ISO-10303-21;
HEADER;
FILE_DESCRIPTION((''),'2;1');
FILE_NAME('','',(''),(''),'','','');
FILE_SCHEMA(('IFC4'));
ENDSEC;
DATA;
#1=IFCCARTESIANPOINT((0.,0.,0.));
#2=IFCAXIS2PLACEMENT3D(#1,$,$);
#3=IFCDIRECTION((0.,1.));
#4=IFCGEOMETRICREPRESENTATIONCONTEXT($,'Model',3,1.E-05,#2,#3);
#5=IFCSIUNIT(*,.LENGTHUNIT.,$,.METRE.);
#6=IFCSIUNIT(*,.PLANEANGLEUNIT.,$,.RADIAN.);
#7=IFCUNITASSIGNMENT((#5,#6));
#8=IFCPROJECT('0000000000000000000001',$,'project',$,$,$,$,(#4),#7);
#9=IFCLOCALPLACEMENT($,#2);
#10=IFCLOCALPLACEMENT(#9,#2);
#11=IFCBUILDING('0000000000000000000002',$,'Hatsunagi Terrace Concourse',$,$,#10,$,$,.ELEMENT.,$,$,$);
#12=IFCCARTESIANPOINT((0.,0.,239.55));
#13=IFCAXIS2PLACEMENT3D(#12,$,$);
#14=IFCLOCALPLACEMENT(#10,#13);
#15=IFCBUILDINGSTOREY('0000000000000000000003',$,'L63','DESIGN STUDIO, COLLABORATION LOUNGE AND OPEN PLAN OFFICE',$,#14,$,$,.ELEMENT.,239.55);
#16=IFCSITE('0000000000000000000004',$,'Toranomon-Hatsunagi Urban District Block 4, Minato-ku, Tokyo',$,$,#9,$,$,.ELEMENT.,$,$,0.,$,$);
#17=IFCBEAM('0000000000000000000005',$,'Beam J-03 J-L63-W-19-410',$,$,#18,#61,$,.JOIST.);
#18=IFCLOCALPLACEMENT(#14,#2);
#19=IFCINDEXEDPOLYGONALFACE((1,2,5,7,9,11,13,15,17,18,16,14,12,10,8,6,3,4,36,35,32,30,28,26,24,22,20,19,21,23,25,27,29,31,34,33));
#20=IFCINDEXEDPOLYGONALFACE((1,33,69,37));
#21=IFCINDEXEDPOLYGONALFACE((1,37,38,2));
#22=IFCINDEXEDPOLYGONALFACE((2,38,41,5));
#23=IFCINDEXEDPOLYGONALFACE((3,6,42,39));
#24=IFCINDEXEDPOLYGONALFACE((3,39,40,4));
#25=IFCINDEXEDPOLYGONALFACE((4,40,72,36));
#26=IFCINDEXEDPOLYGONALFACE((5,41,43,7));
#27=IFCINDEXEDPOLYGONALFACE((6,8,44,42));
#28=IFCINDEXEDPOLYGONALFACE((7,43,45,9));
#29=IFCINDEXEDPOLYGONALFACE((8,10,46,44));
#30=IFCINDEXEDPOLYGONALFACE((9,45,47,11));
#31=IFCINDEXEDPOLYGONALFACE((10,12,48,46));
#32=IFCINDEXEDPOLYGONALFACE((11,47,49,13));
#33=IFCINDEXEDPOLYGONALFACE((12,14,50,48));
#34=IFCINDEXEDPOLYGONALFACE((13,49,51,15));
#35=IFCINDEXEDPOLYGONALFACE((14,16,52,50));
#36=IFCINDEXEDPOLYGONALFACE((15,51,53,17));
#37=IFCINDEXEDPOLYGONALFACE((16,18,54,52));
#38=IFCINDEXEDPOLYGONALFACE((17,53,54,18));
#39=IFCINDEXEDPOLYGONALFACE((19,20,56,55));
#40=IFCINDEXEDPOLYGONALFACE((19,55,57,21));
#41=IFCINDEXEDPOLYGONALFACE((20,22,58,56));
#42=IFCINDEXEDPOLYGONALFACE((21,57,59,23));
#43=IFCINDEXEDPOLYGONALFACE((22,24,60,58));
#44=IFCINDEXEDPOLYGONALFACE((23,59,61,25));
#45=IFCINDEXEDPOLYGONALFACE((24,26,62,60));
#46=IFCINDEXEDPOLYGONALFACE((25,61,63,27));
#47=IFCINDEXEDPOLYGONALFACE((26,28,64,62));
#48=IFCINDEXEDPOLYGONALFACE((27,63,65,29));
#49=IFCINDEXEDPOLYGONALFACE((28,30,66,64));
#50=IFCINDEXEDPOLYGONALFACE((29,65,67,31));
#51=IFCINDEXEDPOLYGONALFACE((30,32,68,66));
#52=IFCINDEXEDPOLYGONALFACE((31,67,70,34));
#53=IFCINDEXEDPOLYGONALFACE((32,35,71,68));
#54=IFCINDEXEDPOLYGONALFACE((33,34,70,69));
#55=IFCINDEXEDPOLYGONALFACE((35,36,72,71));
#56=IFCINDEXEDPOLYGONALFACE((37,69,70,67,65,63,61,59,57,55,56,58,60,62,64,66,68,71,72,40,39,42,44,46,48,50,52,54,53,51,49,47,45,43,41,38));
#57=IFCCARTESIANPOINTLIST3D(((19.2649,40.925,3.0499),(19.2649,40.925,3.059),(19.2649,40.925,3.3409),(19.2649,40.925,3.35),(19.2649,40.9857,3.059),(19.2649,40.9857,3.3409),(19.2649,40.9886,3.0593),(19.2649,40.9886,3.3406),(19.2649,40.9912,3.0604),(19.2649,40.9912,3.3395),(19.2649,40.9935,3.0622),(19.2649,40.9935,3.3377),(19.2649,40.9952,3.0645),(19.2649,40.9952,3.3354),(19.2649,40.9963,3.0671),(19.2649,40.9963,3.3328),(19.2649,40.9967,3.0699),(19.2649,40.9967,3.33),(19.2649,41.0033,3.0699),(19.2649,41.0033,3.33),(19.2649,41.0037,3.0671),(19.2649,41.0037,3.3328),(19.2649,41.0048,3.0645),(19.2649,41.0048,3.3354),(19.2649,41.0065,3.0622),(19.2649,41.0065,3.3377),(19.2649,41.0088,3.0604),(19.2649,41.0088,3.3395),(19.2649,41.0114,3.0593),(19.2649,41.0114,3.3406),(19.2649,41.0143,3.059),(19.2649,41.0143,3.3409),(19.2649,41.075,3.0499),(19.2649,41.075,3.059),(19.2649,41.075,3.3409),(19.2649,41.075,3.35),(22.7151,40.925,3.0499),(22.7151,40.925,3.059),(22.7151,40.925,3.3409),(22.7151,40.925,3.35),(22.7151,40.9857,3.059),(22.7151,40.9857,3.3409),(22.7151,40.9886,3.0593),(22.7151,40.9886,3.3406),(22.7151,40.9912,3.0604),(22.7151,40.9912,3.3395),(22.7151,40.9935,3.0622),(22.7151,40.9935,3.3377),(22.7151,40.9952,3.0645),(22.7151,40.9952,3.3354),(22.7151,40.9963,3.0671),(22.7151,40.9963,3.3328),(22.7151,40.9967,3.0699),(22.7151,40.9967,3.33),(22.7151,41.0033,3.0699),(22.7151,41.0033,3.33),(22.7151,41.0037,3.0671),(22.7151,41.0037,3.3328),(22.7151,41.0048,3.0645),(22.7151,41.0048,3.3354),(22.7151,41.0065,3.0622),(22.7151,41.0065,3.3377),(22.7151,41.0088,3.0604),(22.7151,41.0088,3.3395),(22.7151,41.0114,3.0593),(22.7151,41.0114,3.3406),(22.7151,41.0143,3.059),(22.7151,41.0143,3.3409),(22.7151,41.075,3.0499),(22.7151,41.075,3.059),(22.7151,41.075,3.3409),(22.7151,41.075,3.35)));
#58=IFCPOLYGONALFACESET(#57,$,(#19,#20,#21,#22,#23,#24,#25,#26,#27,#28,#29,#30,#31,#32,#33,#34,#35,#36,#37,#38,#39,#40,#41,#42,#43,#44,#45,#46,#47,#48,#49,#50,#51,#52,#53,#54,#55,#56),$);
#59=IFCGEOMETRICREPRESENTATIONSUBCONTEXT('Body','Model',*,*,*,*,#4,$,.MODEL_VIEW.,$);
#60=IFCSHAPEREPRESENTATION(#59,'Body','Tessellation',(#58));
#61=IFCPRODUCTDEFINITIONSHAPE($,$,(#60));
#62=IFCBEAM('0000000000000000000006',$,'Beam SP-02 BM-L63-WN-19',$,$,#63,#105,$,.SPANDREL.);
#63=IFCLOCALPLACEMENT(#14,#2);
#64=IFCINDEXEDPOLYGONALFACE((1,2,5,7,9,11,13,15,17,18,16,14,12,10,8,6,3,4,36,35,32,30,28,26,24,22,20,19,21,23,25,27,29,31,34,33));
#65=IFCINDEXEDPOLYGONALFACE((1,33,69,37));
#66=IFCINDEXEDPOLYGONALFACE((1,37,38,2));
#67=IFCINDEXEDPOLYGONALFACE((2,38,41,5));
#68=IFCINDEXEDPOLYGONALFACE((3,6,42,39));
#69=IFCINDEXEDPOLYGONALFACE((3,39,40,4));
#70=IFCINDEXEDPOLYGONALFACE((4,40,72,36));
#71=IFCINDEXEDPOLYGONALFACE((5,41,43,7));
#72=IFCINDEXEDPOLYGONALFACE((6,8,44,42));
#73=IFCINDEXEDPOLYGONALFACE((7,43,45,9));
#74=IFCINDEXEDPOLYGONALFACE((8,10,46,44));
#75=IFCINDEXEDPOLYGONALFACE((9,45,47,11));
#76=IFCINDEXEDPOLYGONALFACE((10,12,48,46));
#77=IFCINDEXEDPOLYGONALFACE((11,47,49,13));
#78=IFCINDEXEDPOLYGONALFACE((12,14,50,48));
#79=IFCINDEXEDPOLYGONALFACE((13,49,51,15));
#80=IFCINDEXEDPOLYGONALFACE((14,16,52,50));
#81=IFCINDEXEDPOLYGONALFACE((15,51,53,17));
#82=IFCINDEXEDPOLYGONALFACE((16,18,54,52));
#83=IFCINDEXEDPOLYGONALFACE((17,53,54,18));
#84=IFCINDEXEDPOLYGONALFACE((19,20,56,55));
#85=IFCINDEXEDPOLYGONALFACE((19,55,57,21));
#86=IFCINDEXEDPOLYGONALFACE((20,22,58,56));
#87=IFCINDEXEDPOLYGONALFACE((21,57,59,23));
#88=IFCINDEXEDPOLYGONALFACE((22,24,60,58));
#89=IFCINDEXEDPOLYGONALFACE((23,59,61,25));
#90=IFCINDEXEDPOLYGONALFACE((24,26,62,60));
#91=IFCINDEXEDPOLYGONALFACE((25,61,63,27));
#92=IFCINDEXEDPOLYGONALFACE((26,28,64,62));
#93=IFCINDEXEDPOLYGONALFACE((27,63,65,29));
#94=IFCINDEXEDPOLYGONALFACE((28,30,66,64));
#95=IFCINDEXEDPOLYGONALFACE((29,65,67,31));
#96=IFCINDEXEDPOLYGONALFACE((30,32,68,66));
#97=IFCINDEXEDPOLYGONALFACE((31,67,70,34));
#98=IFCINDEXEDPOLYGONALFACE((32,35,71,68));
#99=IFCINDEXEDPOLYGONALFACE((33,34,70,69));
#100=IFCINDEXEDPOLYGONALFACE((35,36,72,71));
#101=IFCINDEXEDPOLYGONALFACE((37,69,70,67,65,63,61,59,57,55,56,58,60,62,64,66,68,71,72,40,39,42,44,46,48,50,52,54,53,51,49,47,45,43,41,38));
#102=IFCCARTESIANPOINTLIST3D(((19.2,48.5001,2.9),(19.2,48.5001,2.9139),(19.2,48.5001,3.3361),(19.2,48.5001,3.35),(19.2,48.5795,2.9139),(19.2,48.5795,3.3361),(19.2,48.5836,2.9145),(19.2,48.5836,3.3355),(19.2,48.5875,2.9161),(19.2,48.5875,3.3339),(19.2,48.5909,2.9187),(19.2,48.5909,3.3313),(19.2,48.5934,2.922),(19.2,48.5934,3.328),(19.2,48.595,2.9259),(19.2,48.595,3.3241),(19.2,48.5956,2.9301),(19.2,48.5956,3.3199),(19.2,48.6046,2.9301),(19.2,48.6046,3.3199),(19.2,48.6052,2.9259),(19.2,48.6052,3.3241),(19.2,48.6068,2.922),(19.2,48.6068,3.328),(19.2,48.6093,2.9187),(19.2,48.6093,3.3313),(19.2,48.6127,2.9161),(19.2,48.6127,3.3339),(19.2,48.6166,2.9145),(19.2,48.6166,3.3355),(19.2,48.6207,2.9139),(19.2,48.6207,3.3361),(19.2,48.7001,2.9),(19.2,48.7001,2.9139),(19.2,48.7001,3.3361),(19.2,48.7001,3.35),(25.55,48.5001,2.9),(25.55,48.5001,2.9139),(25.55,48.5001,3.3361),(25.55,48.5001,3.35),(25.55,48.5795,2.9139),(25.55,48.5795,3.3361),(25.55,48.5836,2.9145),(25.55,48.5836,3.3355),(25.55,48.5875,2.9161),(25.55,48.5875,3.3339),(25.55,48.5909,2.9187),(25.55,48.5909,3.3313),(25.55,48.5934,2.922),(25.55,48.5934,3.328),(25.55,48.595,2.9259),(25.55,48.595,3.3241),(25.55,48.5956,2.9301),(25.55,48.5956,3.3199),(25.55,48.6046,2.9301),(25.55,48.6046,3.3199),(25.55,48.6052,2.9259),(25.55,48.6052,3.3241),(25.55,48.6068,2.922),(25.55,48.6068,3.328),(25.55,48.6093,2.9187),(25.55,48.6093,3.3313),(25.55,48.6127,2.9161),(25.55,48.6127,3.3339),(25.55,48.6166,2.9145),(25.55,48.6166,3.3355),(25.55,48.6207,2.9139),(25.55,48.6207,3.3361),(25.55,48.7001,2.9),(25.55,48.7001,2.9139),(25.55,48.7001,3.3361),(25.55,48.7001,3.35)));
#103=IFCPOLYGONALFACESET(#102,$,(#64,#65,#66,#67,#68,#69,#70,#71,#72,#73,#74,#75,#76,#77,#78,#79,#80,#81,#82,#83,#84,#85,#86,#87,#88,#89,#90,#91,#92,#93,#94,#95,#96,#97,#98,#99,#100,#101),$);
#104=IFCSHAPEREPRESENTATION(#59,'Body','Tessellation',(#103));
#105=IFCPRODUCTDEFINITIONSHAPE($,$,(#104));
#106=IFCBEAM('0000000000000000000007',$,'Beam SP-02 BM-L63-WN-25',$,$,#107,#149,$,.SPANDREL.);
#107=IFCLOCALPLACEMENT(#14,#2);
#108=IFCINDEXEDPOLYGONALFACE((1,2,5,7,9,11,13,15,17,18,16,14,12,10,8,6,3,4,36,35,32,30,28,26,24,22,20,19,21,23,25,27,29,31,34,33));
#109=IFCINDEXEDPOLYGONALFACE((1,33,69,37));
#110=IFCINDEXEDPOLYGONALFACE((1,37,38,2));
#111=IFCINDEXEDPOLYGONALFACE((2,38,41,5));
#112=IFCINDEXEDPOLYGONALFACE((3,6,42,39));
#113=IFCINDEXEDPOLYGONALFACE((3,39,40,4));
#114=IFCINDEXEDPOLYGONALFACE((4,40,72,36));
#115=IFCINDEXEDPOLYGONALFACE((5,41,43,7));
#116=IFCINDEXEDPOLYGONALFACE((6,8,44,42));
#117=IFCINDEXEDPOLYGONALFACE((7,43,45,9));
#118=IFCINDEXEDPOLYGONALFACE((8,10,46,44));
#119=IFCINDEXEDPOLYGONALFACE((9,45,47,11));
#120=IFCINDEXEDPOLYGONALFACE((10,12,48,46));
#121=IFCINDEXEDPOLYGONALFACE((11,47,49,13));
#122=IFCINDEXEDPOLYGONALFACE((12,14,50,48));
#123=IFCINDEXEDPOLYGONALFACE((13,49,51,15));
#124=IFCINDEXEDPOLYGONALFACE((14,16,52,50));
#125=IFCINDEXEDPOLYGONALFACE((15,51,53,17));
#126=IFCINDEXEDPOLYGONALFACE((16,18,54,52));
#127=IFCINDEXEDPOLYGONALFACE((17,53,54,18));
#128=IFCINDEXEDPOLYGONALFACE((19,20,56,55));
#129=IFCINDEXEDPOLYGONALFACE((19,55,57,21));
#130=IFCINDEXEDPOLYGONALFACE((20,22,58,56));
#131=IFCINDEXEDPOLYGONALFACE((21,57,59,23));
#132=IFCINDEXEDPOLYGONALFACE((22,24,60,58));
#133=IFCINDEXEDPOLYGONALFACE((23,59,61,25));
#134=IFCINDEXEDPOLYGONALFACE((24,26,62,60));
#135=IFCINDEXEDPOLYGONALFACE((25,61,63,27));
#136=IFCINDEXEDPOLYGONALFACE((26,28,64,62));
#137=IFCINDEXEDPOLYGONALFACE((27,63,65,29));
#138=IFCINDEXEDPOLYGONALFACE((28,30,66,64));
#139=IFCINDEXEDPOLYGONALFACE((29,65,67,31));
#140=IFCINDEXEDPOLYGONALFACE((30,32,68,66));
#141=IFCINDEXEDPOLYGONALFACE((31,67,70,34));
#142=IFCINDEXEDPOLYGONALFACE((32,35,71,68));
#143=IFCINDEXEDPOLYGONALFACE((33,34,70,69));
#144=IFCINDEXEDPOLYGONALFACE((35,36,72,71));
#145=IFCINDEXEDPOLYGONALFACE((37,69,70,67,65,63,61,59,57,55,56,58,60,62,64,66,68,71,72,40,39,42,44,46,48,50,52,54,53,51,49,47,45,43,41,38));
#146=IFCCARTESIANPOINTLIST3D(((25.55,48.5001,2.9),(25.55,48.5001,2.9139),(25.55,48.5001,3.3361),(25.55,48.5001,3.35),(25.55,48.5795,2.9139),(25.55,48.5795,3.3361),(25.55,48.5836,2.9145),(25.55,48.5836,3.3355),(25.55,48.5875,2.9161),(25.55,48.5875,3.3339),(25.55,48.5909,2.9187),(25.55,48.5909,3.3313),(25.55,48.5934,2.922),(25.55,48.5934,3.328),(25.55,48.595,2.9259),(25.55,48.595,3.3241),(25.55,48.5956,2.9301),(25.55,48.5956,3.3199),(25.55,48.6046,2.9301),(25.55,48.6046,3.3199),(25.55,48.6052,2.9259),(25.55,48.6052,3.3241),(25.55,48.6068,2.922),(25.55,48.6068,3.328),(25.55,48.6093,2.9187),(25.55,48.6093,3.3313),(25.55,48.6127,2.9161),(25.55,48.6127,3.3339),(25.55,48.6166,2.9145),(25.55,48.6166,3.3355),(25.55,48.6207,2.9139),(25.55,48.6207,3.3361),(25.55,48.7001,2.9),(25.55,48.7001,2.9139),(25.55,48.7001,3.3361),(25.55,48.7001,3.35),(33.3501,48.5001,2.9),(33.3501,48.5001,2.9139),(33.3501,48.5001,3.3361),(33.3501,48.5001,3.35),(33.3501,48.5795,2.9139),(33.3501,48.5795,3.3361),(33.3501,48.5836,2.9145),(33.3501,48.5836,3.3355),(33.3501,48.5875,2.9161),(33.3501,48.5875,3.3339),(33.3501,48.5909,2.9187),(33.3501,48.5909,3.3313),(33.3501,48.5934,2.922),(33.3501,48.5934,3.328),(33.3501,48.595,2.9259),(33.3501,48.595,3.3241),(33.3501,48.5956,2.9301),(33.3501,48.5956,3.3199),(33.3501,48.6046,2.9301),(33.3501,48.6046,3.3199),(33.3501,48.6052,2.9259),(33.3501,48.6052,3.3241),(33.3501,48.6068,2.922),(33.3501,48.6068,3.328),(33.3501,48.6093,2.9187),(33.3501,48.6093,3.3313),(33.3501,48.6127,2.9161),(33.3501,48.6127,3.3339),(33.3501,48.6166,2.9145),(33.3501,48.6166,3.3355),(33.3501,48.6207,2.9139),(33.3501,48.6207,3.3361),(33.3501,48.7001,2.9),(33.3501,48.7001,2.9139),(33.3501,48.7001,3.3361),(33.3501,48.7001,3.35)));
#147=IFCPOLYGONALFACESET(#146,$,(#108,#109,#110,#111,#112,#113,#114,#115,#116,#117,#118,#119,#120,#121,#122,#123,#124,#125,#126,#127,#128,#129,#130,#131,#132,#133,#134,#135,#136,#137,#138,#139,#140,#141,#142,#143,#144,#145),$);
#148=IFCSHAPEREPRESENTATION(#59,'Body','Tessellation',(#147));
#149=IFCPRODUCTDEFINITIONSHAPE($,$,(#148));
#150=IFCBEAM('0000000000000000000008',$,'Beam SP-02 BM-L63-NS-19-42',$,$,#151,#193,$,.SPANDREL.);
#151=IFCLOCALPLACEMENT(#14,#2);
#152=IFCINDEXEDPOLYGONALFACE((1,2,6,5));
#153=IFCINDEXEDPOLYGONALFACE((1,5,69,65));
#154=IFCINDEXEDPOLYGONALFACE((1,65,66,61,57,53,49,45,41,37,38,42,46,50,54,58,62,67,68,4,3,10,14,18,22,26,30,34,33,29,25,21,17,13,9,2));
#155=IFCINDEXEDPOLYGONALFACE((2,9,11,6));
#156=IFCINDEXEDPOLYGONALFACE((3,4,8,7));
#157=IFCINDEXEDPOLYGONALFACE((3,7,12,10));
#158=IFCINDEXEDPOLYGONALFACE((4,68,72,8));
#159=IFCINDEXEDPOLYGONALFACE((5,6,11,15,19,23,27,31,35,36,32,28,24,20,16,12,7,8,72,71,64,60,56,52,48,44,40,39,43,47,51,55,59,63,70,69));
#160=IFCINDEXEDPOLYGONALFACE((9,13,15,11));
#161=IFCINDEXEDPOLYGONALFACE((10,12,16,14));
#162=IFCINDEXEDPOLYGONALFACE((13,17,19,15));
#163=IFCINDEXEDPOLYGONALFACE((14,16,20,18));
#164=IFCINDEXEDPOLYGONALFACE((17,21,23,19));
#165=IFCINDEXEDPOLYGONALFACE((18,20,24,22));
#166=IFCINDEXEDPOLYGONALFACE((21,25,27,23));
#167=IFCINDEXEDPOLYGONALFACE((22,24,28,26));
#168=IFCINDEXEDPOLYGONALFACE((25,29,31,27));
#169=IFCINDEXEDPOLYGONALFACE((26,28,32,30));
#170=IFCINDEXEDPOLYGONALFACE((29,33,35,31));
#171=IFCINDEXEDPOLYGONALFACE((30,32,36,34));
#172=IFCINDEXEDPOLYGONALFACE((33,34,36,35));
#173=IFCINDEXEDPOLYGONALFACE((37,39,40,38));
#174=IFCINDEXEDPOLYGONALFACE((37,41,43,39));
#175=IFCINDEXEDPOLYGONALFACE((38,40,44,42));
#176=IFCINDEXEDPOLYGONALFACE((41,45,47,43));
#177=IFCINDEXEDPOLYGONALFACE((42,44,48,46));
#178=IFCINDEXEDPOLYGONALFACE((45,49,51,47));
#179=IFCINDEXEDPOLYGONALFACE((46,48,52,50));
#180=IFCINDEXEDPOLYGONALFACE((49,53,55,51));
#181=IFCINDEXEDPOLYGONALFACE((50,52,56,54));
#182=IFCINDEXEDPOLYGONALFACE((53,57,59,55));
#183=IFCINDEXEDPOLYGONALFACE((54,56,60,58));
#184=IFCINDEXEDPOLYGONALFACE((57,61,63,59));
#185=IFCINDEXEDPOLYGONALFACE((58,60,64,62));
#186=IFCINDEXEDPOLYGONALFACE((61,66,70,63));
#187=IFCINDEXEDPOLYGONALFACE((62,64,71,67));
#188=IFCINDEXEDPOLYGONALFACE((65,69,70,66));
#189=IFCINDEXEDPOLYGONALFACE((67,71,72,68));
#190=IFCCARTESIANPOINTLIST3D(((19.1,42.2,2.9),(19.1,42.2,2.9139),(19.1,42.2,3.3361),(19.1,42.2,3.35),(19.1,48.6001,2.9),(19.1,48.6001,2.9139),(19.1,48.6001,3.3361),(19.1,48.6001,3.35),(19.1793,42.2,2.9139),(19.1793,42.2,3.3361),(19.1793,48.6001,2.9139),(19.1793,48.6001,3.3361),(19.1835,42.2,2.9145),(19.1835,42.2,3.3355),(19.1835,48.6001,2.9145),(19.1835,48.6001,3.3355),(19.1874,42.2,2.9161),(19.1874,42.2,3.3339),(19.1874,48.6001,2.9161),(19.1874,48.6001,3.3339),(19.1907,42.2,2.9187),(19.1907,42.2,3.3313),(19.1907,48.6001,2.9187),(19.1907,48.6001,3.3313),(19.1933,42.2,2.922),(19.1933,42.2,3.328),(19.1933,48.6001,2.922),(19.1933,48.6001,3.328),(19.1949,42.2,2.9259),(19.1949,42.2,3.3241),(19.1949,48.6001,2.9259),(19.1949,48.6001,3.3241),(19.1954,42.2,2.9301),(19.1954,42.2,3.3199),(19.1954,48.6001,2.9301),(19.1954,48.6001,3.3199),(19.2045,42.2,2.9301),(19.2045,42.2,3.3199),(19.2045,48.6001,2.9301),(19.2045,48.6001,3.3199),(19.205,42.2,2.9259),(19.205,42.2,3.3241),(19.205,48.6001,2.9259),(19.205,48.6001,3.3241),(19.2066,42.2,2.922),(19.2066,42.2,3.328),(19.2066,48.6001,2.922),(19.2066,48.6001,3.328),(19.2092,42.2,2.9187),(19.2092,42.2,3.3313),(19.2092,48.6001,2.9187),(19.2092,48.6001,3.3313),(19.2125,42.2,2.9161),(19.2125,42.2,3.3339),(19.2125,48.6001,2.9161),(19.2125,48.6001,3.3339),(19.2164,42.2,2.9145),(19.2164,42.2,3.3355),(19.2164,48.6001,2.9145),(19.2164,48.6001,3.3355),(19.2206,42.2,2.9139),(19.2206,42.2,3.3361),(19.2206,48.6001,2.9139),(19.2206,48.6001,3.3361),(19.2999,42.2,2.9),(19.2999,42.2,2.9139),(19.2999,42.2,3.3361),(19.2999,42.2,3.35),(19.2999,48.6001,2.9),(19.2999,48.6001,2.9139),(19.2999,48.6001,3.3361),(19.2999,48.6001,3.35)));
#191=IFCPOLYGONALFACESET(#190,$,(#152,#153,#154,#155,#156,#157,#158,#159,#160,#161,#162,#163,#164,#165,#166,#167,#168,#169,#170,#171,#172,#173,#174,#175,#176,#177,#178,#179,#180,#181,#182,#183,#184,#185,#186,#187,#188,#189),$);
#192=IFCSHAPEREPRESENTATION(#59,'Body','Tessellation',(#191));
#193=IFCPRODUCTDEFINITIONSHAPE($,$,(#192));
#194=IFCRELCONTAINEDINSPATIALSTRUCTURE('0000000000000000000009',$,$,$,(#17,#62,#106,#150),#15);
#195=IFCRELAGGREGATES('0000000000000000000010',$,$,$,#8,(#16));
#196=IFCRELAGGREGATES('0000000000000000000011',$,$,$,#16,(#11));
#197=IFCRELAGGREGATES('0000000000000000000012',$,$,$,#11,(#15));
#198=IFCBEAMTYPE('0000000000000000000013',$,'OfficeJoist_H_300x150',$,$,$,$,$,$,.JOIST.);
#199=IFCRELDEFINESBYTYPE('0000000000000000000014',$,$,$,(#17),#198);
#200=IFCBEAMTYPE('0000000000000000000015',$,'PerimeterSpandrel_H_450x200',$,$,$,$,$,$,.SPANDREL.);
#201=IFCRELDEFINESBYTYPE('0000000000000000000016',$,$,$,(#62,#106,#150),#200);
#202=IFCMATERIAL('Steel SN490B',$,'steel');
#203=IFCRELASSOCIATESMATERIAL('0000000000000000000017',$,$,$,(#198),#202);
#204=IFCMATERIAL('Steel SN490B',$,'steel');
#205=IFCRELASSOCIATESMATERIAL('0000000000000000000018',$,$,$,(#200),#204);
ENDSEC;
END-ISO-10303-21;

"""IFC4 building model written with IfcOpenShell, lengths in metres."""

from ifc_helpers import new_model, si_unit, direction, frame, origin, origin_2d, place, context, subcontext, project, spatial, i_section, extrude, material, material_profile, profile_set, type_object, element, save


model = new_model("IFC4")

# Units and contexts
model_context = context("Model", 3, precision=1e-05, world=origin(), true_north=direction((0.0, 1.0)))
body_context = subcontext(model_context, "Body", "Model", "MODEL_VIEW")
ifc_project = project(units=[si_unit("LENGTHUNIT", "METRE"), si_unit("PLANEANGLEUNIT", "RADIAN")], contexts=[model_context])

# Site, building, storey
site_placement = place(None, origin())
site = spatial("IfcSite", under=ifc_project, at=site_placement, Name="Toranomon-Hatsunagi Urban District Block 4, Minato-ku, Tokyo", CompositionType="ELEMENT", RefElevation=0.0)
building_placement = place(site_placement, origin())
building = spatial("IfcBuilding", under=site, at=building_placement, Name="Hatsunagi Terrace Concourse", CompositionType="ELEMENT")
storey_placement = place(building_placement, frame((0.0, 0.0, 239.55)))
storey = spatial("IfcBuildingStorey", under=building, at=storey_placement, Name="L63", Description="DESIGN STUDIO, COLLABORATION LOUNGE AND OPEN PLAN OFFICE", CompositionType="ELEMENT", Elevation=239.55)

# Beams
ifc_material_1 = material(Name="Steel SN490B", Category="steel")
ifc_material_profile_1 = material_profile(ifc_material_1, i_section(OverallWidth=0.1499, OverallDepth=0.3, WebThickness=0.0066, FlangeThickness=0.009, FilletRadius=0.011, at=origin_2d()), Name="H-300x150x6.5x9")
ifc_profile_set_1 = profile_set([ifc_material_profile_1], Name="Steel SN490B")
beam_type_1 = type_object("IfcBeamType", Name="OfficeJoist_H_300x150", PredefinedType="JOIST", material=ifc_profile_set_1)
beam_1_placement = place(storey_placement, frame((19.2649, 41.0, 3.2), z_axis=(1.0, 0.0, 0.0), x_axis=(0.0, 1.0, 0.0)))
element("IfcBeam", 1, at=beam_1_placement, inside=storey, type_object=beam_type_1, Name="Beam J-03 J-L63-W-19-410", PredefinedType="JOIST", context=body_context, shape_type="SweptSolid", body=[
    extrude(i_section(OverallWidth=0.1499, OverallDepth=0.3, WebThickness=0.0066, FlangeThickness=0.009, FilletRadius=0.011, at=origin_2d()), origin(), (0.0, 0.0, 1.0), 3.4502),
])
ifc_material_2 = material(Name="Steel SN490B", Category="steel")
ifc_material_profile_2 = material_profile(ifc_material_2, i_section(OverallWidth=0.2, OverallDepth=0.45, WebThickness=0.009, FlangeThickness=0.0139, FilletRadius=0.0161, at=origin_2d()), Name="H-450x200x9x14")
ifc_profile_set_2 = profile_set([ifc_material_profile_2], Name="Steel SN490B")
beam_type_2 = type_object("IfcBeamType", Name="PerimeterSpandrel_H_450x200", PredefinedType="SPANDREL", material=ifc_profile_set_2)
beam_2_placement = place(storey_placement, frame((19.2, 48.6001, 3.125), z_axis=(1.0, 0.0, 0.0), x_axis=(0.0, 1.0, 0.0)))
element("IfcBeam", 2, at=beam_2_placement, inside=storey, type_object=beam_type_2, Name="Beam SP-02 BM-L63-WN-19", PredefinedType="SPANDREL", context=body_context, shape_type="SweptSolid", body=[
    extrude(i_section(OverallWidth=0.2, OverallDepth=0.45, WebThickness=0.009, FlangeThickness=0.0139, FilletRadius=0.0161, at=origin_2d()), origin(), (0.0, 0.0, 1.0), 6.3501),
])
beam_3_placement = place(storey_placement, frame((25.55, 48.6001, 3.125), z_axis=(1.0, 0.0, 0.0), x_axis=(0.0, 1.0, 0.0)))
element("IfcBeam", 3, at=beam_3_placement, inside=storey, type_object=beam_type_2, Name="Beam SP-02 BM-L63-WN-25", PredefinedType="SPANDREL", context=body_context, shape_type="SweptSolid", body=[
    extrude(i_section(OverallWidth=0.2, OverallDepth=0.45, WebThickness=0.009, FlangeThickness=0.0139, FilletRadius=0.0161, at=origin_2d()), origin(), (0.0, 0.0, 1.0), 7.8),
])
beam_4_placement = place(storey_placement, frame((19.2, 42.2, 3.125), z_axis=(0.0, 1.0, 0.0), x_axis=(-1.0, 0.0, 0.0)))
element("IfcBeam", 4, at=beam_4_placement, inside=storey, type_object=beam_type_2, Name="Beam SP-02 BM-L63-NS-19-42", PredefinedType="SPANDREL", context=body_context, shape_type="SweptSolid", body=[
    extrude(i_section(OverallWidth=0.2, OverallDepth=0.45, WebThickness=0.009, FlangeThickness=0.0139, FilletRadius=0.0161, at=origin_2d()), origin(), (0.0, 0.0, 1.0), 6.4001),
])

save(model, "model.ifc")
